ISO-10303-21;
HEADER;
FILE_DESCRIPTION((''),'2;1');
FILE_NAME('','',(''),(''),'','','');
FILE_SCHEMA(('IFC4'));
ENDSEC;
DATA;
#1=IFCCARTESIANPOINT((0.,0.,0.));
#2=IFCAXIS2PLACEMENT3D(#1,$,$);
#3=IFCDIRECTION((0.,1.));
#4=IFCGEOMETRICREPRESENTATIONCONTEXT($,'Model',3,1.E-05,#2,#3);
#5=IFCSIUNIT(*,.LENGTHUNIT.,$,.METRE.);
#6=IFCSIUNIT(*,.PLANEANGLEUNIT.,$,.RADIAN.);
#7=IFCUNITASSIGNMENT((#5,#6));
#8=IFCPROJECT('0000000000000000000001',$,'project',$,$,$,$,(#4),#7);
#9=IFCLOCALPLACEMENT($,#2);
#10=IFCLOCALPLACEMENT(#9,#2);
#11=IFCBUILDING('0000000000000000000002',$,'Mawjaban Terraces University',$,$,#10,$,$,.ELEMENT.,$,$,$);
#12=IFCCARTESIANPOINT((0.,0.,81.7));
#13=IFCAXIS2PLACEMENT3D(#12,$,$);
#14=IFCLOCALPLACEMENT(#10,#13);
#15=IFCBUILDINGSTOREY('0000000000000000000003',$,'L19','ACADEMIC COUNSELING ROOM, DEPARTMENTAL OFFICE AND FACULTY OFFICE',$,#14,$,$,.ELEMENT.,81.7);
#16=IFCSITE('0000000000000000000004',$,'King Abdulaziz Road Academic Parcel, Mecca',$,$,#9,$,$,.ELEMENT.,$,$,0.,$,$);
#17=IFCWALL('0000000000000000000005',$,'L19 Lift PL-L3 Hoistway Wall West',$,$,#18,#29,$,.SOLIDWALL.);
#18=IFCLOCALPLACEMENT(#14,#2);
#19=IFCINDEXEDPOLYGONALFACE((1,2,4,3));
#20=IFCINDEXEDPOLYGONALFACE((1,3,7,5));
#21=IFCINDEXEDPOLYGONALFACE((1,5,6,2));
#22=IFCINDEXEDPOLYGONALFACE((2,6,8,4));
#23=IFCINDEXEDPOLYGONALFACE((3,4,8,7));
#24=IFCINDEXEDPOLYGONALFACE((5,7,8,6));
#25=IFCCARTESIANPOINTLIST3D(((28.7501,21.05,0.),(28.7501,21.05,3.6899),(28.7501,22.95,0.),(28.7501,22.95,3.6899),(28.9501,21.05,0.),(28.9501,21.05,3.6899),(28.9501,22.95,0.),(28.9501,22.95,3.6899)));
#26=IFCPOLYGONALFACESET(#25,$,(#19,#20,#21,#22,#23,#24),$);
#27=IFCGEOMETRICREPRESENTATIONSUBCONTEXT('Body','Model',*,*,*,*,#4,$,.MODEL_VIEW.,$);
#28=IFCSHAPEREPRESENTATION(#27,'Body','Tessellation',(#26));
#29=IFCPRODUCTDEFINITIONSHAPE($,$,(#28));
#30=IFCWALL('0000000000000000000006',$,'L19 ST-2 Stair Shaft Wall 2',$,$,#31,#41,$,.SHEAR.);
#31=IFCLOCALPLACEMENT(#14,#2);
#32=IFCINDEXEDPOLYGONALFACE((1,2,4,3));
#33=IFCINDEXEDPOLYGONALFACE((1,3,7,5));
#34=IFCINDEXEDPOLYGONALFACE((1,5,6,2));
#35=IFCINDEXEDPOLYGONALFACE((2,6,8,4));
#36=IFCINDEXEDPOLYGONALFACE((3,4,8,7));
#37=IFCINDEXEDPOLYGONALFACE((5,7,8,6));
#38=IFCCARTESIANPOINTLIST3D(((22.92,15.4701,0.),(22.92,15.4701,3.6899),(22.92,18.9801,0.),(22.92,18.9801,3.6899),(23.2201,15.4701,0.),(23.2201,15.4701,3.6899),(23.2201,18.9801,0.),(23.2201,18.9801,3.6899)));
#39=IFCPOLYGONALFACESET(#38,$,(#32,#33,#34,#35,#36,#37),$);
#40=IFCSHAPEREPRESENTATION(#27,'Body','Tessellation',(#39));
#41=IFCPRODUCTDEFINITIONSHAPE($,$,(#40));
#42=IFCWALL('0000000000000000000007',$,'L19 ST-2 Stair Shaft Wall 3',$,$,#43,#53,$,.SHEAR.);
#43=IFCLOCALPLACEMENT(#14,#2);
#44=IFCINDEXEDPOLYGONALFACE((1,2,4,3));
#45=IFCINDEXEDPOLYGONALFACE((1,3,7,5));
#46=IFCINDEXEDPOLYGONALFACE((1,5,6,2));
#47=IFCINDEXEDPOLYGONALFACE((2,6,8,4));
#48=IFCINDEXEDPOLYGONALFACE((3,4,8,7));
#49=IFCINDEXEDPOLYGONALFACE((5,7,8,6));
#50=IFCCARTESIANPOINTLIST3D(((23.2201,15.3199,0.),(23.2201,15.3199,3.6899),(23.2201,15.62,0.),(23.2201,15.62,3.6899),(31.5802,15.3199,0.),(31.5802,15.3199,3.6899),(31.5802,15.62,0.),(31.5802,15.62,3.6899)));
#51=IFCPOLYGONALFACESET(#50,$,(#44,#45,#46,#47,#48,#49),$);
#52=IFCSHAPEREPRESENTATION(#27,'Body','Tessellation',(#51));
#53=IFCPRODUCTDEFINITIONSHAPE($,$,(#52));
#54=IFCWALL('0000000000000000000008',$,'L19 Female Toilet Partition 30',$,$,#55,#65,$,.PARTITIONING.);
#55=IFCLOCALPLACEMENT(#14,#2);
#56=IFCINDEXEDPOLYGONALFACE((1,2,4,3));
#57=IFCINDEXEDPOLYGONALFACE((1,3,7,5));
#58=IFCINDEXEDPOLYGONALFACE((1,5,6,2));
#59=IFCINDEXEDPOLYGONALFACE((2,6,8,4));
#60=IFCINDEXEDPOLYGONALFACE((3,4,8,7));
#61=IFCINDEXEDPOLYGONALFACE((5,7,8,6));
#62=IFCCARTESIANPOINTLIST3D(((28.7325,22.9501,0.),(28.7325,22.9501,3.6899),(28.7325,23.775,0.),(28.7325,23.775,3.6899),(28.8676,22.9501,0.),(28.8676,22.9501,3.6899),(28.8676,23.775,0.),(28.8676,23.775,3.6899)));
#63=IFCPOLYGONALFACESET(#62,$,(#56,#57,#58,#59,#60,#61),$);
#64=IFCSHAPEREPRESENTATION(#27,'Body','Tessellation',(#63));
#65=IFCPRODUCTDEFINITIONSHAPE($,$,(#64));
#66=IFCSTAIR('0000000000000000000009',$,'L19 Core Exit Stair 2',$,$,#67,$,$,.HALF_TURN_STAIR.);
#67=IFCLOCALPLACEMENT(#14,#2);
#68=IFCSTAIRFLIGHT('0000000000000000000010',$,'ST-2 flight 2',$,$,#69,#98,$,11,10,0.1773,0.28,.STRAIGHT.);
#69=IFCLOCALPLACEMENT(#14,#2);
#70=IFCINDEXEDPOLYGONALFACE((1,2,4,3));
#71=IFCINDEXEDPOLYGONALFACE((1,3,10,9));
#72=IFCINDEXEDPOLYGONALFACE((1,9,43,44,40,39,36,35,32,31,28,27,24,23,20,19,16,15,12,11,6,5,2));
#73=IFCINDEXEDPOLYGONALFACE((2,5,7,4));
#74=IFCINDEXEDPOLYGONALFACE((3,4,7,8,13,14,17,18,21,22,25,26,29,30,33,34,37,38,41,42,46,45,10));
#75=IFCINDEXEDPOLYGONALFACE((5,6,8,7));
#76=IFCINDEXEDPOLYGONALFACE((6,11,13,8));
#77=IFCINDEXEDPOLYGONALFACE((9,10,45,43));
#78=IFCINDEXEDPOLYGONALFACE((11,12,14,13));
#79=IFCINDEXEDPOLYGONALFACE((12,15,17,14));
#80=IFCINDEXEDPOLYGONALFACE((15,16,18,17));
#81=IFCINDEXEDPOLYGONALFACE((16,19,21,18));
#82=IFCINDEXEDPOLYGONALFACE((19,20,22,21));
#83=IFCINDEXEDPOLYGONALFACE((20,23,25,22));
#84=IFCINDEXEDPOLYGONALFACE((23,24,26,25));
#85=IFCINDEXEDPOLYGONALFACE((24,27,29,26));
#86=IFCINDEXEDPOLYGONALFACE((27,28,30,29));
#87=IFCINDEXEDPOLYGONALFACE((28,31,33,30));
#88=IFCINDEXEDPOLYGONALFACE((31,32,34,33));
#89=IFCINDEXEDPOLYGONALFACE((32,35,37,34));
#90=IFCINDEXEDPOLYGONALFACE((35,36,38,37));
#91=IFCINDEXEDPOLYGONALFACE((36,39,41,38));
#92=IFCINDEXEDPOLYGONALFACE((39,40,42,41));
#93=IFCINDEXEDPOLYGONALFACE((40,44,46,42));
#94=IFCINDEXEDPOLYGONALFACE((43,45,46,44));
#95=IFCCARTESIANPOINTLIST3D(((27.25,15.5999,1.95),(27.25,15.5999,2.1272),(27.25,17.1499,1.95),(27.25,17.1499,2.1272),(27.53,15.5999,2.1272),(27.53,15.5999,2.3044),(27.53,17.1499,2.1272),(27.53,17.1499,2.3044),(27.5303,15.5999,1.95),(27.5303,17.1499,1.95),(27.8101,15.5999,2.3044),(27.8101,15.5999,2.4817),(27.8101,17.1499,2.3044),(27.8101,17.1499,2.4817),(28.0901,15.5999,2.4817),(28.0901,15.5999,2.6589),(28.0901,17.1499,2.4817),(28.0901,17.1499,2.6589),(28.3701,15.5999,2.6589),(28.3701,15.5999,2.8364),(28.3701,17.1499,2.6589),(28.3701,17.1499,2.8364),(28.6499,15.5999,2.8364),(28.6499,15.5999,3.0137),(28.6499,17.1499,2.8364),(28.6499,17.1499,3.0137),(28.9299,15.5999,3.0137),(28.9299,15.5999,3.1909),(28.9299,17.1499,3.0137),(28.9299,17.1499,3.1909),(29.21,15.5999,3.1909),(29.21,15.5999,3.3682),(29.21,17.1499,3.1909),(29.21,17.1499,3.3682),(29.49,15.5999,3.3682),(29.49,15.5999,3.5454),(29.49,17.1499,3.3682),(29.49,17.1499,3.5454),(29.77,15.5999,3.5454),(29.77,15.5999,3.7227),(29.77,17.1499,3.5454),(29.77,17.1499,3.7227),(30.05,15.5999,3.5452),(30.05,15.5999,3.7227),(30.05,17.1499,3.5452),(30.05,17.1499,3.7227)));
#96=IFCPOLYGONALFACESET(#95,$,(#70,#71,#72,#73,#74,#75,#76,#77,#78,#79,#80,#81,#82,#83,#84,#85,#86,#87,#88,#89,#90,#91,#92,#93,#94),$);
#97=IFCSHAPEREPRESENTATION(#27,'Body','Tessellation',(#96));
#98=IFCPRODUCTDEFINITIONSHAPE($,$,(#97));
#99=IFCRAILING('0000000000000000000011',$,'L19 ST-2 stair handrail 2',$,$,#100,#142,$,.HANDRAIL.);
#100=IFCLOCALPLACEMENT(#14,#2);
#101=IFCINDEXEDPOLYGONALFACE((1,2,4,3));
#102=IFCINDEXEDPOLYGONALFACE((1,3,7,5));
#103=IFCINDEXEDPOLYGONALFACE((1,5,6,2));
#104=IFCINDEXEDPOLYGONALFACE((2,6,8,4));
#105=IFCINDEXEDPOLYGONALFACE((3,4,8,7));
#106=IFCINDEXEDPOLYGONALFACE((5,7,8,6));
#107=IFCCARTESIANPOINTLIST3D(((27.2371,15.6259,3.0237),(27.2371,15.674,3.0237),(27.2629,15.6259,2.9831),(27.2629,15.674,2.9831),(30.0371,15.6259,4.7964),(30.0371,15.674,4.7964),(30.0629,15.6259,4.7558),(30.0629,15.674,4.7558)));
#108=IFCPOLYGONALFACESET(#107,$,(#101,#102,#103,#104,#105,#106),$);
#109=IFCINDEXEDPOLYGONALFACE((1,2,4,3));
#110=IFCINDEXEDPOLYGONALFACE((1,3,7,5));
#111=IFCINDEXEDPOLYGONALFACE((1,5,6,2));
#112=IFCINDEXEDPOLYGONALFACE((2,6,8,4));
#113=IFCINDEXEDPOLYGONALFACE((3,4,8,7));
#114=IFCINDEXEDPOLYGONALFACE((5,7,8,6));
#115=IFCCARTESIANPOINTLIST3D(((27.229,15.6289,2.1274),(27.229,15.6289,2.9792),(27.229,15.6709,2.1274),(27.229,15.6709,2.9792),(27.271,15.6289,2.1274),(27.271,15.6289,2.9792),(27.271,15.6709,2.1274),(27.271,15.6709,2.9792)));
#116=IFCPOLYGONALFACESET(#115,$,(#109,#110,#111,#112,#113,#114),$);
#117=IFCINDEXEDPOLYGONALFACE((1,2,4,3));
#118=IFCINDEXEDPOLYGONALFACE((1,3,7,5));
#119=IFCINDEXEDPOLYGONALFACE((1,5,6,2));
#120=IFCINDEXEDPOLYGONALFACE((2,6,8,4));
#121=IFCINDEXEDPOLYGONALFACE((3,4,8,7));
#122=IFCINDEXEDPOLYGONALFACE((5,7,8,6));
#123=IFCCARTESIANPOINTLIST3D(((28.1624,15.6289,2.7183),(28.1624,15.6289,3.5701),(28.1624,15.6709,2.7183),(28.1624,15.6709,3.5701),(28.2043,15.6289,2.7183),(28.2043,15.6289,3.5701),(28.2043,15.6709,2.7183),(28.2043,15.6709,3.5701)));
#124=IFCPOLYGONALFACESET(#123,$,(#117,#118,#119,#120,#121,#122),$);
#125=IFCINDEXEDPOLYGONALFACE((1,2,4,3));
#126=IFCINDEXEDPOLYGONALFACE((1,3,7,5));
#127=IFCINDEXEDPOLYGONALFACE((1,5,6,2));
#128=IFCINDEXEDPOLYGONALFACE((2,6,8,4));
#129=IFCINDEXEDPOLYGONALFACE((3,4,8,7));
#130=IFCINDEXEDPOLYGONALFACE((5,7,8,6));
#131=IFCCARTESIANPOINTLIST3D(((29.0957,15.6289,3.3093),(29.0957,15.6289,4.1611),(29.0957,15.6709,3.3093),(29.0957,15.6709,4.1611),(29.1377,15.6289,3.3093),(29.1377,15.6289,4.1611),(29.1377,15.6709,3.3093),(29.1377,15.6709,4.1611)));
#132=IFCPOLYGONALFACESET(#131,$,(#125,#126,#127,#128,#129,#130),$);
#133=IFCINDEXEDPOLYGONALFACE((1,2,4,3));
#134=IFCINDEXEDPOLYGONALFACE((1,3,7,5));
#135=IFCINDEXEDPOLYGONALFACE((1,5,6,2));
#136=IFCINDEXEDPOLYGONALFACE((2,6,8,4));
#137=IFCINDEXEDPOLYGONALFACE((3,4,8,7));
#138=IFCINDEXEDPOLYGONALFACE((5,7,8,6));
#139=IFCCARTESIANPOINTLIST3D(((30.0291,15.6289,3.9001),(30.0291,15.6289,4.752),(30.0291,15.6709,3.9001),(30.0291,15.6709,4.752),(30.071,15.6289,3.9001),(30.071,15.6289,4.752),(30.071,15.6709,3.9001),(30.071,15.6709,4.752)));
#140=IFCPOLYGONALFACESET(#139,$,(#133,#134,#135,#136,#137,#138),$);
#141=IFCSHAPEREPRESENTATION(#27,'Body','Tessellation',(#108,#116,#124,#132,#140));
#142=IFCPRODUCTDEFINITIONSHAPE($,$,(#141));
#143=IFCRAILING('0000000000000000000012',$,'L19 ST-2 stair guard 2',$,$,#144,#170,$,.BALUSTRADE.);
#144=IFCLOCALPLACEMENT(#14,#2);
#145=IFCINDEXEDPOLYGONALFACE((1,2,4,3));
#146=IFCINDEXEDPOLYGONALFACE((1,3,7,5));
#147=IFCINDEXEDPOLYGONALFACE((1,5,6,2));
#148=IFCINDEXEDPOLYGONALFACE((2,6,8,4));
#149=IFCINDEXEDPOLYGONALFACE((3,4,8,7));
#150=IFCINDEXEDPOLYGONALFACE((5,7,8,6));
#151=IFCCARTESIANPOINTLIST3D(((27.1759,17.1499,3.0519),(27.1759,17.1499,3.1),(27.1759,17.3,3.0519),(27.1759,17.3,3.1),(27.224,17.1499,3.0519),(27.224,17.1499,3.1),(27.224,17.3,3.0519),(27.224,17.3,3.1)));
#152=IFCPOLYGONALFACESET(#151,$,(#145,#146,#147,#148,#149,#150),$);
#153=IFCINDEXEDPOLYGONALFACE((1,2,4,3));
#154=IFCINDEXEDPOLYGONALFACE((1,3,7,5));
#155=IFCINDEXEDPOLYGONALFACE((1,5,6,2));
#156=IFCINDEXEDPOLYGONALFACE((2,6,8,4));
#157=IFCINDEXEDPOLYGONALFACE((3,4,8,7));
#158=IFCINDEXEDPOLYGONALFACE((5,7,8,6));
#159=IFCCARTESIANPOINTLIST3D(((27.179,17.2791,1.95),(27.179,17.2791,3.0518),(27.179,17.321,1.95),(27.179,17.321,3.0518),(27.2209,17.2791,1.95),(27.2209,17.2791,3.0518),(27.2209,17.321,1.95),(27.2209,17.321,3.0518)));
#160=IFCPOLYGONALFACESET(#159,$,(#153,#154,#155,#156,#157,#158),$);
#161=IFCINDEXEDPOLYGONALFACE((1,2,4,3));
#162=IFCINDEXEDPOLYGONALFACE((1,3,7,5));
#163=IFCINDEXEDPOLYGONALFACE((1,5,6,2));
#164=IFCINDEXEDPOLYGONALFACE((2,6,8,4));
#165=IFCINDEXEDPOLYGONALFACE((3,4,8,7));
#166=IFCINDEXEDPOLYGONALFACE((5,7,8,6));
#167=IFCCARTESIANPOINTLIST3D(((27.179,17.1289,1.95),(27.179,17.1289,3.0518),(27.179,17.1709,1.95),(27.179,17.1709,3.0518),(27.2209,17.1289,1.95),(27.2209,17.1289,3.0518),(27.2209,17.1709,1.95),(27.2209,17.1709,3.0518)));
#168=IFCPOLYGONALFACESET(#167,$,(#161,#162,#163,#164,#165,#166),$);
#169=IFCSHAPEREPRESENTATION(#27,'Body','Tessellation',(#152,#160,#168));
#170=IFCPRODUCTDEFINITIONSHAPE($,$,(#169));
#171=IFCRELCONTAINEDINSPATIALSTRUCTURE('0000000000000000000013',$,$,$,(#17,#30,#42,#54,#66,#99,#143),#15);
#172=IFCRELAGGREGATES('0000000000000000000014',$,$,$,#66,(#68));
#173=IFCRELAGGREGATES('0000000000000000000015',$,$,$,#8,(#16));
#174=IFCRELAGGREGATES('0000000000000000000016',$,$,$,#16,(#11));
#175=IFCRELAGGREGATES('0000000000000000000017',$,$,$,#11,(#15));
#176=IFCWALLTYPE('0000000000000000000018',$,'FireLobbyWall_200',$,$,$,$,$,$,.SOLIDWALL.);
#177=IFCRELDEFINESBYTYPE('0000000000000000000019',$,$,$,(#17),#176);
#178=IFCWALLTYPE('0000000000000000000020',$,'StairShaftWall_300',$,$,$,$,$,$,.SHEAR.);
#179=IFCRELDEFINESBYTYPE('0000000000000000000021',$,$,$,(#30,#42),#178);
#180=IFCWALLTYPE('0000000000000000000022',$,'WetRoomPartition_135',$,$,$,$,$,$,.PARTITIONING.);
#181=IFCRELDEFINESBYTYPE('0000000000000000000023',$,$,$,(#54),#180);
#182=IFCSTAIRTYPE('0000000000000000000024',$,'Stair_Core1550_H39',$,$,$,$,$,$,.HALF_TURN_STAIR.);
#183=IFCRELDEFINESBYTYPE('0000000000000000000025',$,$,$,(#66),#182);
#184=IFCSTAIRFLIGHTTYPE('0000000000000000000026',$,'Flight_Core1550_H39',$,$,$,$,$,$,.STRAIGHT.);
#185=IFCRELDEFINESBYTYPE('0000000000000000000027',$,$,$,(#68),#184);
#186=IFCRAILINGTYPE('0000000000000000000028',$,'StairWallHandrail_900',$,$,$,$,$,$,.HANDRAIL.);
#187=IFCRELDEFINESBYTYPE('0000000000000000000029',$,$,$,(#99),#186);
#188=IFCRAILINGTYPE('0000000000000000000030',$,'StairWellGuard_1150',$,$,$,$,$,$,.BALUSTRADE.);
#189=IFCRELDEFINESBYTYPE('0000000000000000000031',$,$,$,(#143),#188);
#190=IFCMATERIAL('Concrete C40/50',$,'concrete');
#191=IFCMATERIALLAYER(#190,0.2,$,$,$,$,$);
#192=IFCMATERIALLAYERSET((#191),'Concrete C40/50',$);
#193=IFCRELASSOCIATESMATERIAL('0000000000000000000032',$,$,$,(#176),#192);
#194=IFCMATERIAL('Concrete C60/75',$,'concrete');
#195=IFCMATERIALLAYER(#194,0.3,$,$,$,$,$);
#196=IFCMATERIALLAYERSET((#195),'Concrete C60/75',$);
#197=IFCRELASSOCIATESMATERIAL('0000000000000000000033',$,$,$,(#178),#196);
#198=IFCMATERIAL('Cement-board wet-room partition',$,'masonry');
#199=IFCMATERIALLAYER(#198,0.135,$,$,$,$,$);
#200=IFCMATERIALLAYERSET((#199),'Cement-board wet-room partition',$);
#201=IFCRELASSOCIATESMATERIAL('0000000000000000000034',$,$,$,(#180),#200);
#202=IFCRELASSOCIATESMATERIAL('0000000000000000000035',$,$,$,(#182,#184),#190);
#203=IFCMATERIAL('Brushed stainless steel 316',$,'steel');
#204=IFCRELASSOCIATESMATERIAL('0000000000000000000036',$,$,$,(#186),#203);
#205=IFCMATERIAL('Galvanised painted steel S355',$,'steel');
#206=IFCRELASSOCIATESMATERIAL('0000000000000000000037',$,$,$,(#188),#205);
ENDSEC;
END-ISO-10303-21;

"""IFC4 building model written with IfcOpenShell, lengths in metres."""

from ifc_helpers import new_model, si_unit, direction, frame, frame_2d, origin, origin_2d, place, context, subcontext, project, spatial, polyline, rectangle, outline, extrude, material, layer, layer_set, type_object, element, aggregate, save


model = new_model("IFC4")

# Units and contexts
model_context = context("Model", 3, precision=1e-05, world=origin(), true_north=direction((0.0, 1.0)))
body_context = subcontext(model_context, "Body", "Model", "MODEL_VIEW")
ifc_project = project(units=[si_unit("LENGTHUNIT", "METRE"), si_unit("PLANEANGLEUNIT", "RADIAN")], contexts=[model_context])

# Site, building, storey
site_placement = place(None, origin())
site = spatial("IfcSite", under=ifc_project, at=site_placement, Name="King Abdulaziz Road Academic Parcel, Mecca", CompositionType="ELEMENT", RefElevation=0.0)
building_placement = place(site_placement, origin())
building = spatial("IfcBuilding", under=site, at=building_placement, Name="Mawjaban Terraces University", CompositionType="ELEMENT")
storey_placement = place(building_placement, frame((0.0, 0.0, 81.7)))
storey = spatial("IfcBuildingStorey", under=building, at=storey_placement, Name="L19", Description="ACADEMIC COUNSELING ROOM, DEPARTMENTAL OFFICE AND FACULTY OFFICE", CompositionType="ELEMENT", Elevation=81.7)

# Walls
ifc_material_1 = material(Name="Concrete C40/50", Category="concrete")
ifc_layer_1 = layer(ifc_material_1, 0.2)
ifc_layer_set_1 = layer_set([ifc_layer_1], Name="Concrete C40/50")
wall_type_1 = type_object("IfcWallType", Name="FireLobbyWall_200", PredefinedType="SOLIDWALL", material=ifc_layer_set_1)
wall_1_placement = place(storey_placement, frame((28.8501, 22.95, 0.0), z_axis=(0.0, 0.0, 1.0), x_axis=(0.0, -1.0, 0.0)))
element("IfcWall", 1, at=wall_1_placement, inside=storey, type_object=wall_type_1, Name="L19 Lift PL-L3 Hoistway Wall West", PredefinedType="SOLIDWALL", context=body_context, shape_type="SweptSolid", body=[
    extrude(rectangle(XDim=1.8999, YDim=0.2, at=frame_2d((0.95, 0.0))), origin(), (0.0, 0.0, 1.0), 3.6899),
])
ifc_material_2 = material(Name="Concrete C60/75", Category="concrete")
ifc_layer_2 = layer(ifc_material_2, 0.3)
ifc_layer_set_2 = layer_set([ifc_layer_2], Name="Concrete C60/75")
wall_type_2 = type_object("IfcWallType", Name="StairShaftWall_300", PredefinedType="SHEAR", material=ifc_layer_set_2)
wall_2_placement = place(storey_placement, frame((23.0701, 18.98, 0.0), z_axis=(0.0, 0.0, 1.0), x_axis=(0.0, -1.0, 0.0)))
element("IfcWall", 2, at=wall_2_placement, inside=storey, type_object=wall_type_2, Name="L19 ST-2 Stair Shaft Wall 2", PredefinedType="SHEAR", context=body_context, shape_type="SweptSolid", body=[
    extrude(rectangle(XDim=3.51, YDim=0.3, at=frame_2d((1.7549, 0.0))), origin(), (0.0, 0.0, 1.0), 3.6899),
])
wall_3_placement = place(storey_placement, frame((23.22, 15.47, 0.0), z_axis=(0.0, 0.0, 1.0), x_axis=(1.0, 0.0, 0.0)))
element("IfcWall", 3, at=wall_3_placement, inside=storey, type_object=wall_type_2, Name="L19 ST-2 Stair Shaft Wall 3", PredefinedType="SHEAR", context=body_context, shape_type="SweptSolid", body=[
    extrude(rectangle(XDim=8.3601, YDim=0.3, at=frame_2d((4.1802, 0.0))), origin(), (0.0, 0.0, 1.0), 3.6899),
])
ifc_material_3 = material(Name="Cement-board wet-room partition", Category="masonry")
ifc_layer_3 = layer(ifc_material_3, 0.135)
ifc_layer_set_3 = layer_set([ifc_layer_3], Name="Cement-board wet-room partition")
wall_type_3 = type_object("IfcWallType", Name="WetRoomPartition_135", PredefinedType="PARTITIONING", material=ifc_layer_set_3)
wall_4_placement = place(storey_placement, frame((28.8, 22.95, 0.0), z_axis=(0.0, 0.0, 1.0), x_axis=(0.0, 1.0, 0.0)))
element("IfcWall", 4, at=wall_4_placement, inside=storey, type_object=wall_type_3, Name="L19 Female Toilet Partition 30", PredefinedType="PARTITIONING", context=body_context, shape_type="SweptSolid", body=[
    extrude(rectangle(XDim=0.825, YDim=0.135, at=frame_2d((0.4126, 0.0))), origin(), (0.0, 0.0, 1.0), 3.6899),
])

# Stair, stair flight
stair_type = type_object("IfcStairType", Name="Stair_Core1550_H39", PredefinedType="HALF_TURN_STAIR", material=ifc_material_1)
stair_placement = place(storey_placement, origin())
stair = element("IfcStair", 5, at=stair_placement, inside=storey, type_object=stair_type, Name="L19 Core Exit Stair 2", PredefinedType="HALF_TURN_STAIR")
stair_flight_type = type_object("IfcStairFlightType", Name="Flight_Core1550_H39", PredefinedType="STRAIGHT", material=ifc_material_1)
stair_flight_placement = place(storey_placement, frame((27.25, 16.375, 1.95), z_axis=(0.0, 0.0, 1.0), x_axis=(1.0, 0.0, 0.0)))
stair_flight = element("IfcStairFlight", 6, at=stair_flight_placement, type_object=stair_flight_type, Name="ST-2 flight 2", NumberOfRisers=11, NumberOfTreads=10, PredefinedType="STRAIGHT", RiserHeight=0.1773, TreadLength=0.28, context=body_context, shape_type="SweptSolid", body=[
    extrude(outline(polyline([(0.0, 0.0), (0.0, 0.1772), (0.28, 0.1772), (0.28, 0.3545), (0.5601, 0.3545), (0.5601, 0.5317), (0.8401, 0.5317), (0.8401, 0.709), (1.1201, 0.709), (1.1201, 0.8865), (1.3999, 0.8865), (1.3999, 1.0637), (1.6799, 1.0637), (1.6799, 1.241), (1.96, 1.241), (1.96, 1.4182), (2.24, 1.4182), (2.24, 1.5955), (2.52, 1.5955), (2.52, 1.7727), (2.8, 1.7727), (2.8, 1.95), (2.8, 1.5952), (0.2803, 0.0), (0.0, 0.0)])), frame((0.0, 0.7749, 0.0), z_axis=(0.0, -1.0, 0.0), x_axis=(1.0, 0.0, 0.0)), (0.0, 0.0, 1.0), 1.55),
])
aggregate(stair, [stair_flight])

# Railings
ifc_material_4 = material(Name="Brushed stainless steel 316", Category="steel")
railing_type_1 = type_object("IfcRailingType", Name="StairWallHandrail_900", PredefinedType="HANDRAIL", material=ifc_material_4)
railing_1_placement = place(storey_placement, frame((27.25, 15.6499, 2.1274)))
element("IfcRailing", 7, at=railing_1_placement, inside=storey, type_object=railing_type_1, Name="L19 ST-2 stair handrail 2", PredefinedType="HANDRAIL", context=body_context, shape_type="SweptSolid", body=[
    extrude(rectangle(XDim=0.0481, YDim=0.0481, at=origin_2d()), frame((0.0, 0.0, 0.876), z_axis=(0.844909, 0.0, 0.53491), x_axis=(0.0, 1.0, 0.0)), (0.0, 0.0, 1.0), 3.314),
    extrude(rectangle(XDim=0.042, YDim=0.042, at=origin_2d()), origin(), (0.0, 0.0, 1.0), 0.8518),
    extrude(rectangle(XDim=0.042, YDim=0.042, at=origin_2d()), frame((0.9333, 0.0, 0.5908)), (0.0, 0.0, 1.0), 0.8518),
    extrude(rectangle(XDim=0.042, YDim=0.042, at=origin_2d()), frame((1.8667, 0.0, 1.1819)), (0.0, 0.0, 1.0), 0.8518),
    extrude(rectangle(XDim=0.042, YDim=0.042, at=origin_2d()), frame((2.8, 0.0, 1.7727)), (0.0, 0.0, 1.0), 0.8518),
])
ifc_material_5 = material(Name="Galvanised painted steel S355", Category="steel")
railing_type_2 = type_object("IfcRailingType", Name="StairWellGuard_1150", PredefinedType="BALUSTRADE", material=ifc_material_5)
railing_2_placement = place(storey_placement, frame((27.2, 17.3, 1.95)))
element("IfcRailing", 8, at=railing_2_placement, inside=storey, type_object=railing_type_2, Name="L19 ST-2 stair guard 2", PredefinedType="BALUSTRADE", context=body_context, shape_type="SweptSolid", body=[
    extrude(rectangle(XDim=0.0481, YDim=0.0481, at=origin_2d()), frame((0.0, 0.0, 1.126), z_axis=(0.0, -1.0, 0.0), x_axis=(1.0, 0.0, 0.0)), (0.0, 0.0, 1.0), 0.1501),
    extrude(rectangle(XDim=0.042, YDim=0.042, at=origin_2d()), origin(), (0.0, 0.0, 1.0), 1.1018),
    extrude(rectangle(XDim=0.042, YDim=0.042, at=origin_2d()), frame((0.0, -0.1501, 0.0)), (0.0, 0.0, 1.0), 1.1018),
])

save(model, "model.ifc")
